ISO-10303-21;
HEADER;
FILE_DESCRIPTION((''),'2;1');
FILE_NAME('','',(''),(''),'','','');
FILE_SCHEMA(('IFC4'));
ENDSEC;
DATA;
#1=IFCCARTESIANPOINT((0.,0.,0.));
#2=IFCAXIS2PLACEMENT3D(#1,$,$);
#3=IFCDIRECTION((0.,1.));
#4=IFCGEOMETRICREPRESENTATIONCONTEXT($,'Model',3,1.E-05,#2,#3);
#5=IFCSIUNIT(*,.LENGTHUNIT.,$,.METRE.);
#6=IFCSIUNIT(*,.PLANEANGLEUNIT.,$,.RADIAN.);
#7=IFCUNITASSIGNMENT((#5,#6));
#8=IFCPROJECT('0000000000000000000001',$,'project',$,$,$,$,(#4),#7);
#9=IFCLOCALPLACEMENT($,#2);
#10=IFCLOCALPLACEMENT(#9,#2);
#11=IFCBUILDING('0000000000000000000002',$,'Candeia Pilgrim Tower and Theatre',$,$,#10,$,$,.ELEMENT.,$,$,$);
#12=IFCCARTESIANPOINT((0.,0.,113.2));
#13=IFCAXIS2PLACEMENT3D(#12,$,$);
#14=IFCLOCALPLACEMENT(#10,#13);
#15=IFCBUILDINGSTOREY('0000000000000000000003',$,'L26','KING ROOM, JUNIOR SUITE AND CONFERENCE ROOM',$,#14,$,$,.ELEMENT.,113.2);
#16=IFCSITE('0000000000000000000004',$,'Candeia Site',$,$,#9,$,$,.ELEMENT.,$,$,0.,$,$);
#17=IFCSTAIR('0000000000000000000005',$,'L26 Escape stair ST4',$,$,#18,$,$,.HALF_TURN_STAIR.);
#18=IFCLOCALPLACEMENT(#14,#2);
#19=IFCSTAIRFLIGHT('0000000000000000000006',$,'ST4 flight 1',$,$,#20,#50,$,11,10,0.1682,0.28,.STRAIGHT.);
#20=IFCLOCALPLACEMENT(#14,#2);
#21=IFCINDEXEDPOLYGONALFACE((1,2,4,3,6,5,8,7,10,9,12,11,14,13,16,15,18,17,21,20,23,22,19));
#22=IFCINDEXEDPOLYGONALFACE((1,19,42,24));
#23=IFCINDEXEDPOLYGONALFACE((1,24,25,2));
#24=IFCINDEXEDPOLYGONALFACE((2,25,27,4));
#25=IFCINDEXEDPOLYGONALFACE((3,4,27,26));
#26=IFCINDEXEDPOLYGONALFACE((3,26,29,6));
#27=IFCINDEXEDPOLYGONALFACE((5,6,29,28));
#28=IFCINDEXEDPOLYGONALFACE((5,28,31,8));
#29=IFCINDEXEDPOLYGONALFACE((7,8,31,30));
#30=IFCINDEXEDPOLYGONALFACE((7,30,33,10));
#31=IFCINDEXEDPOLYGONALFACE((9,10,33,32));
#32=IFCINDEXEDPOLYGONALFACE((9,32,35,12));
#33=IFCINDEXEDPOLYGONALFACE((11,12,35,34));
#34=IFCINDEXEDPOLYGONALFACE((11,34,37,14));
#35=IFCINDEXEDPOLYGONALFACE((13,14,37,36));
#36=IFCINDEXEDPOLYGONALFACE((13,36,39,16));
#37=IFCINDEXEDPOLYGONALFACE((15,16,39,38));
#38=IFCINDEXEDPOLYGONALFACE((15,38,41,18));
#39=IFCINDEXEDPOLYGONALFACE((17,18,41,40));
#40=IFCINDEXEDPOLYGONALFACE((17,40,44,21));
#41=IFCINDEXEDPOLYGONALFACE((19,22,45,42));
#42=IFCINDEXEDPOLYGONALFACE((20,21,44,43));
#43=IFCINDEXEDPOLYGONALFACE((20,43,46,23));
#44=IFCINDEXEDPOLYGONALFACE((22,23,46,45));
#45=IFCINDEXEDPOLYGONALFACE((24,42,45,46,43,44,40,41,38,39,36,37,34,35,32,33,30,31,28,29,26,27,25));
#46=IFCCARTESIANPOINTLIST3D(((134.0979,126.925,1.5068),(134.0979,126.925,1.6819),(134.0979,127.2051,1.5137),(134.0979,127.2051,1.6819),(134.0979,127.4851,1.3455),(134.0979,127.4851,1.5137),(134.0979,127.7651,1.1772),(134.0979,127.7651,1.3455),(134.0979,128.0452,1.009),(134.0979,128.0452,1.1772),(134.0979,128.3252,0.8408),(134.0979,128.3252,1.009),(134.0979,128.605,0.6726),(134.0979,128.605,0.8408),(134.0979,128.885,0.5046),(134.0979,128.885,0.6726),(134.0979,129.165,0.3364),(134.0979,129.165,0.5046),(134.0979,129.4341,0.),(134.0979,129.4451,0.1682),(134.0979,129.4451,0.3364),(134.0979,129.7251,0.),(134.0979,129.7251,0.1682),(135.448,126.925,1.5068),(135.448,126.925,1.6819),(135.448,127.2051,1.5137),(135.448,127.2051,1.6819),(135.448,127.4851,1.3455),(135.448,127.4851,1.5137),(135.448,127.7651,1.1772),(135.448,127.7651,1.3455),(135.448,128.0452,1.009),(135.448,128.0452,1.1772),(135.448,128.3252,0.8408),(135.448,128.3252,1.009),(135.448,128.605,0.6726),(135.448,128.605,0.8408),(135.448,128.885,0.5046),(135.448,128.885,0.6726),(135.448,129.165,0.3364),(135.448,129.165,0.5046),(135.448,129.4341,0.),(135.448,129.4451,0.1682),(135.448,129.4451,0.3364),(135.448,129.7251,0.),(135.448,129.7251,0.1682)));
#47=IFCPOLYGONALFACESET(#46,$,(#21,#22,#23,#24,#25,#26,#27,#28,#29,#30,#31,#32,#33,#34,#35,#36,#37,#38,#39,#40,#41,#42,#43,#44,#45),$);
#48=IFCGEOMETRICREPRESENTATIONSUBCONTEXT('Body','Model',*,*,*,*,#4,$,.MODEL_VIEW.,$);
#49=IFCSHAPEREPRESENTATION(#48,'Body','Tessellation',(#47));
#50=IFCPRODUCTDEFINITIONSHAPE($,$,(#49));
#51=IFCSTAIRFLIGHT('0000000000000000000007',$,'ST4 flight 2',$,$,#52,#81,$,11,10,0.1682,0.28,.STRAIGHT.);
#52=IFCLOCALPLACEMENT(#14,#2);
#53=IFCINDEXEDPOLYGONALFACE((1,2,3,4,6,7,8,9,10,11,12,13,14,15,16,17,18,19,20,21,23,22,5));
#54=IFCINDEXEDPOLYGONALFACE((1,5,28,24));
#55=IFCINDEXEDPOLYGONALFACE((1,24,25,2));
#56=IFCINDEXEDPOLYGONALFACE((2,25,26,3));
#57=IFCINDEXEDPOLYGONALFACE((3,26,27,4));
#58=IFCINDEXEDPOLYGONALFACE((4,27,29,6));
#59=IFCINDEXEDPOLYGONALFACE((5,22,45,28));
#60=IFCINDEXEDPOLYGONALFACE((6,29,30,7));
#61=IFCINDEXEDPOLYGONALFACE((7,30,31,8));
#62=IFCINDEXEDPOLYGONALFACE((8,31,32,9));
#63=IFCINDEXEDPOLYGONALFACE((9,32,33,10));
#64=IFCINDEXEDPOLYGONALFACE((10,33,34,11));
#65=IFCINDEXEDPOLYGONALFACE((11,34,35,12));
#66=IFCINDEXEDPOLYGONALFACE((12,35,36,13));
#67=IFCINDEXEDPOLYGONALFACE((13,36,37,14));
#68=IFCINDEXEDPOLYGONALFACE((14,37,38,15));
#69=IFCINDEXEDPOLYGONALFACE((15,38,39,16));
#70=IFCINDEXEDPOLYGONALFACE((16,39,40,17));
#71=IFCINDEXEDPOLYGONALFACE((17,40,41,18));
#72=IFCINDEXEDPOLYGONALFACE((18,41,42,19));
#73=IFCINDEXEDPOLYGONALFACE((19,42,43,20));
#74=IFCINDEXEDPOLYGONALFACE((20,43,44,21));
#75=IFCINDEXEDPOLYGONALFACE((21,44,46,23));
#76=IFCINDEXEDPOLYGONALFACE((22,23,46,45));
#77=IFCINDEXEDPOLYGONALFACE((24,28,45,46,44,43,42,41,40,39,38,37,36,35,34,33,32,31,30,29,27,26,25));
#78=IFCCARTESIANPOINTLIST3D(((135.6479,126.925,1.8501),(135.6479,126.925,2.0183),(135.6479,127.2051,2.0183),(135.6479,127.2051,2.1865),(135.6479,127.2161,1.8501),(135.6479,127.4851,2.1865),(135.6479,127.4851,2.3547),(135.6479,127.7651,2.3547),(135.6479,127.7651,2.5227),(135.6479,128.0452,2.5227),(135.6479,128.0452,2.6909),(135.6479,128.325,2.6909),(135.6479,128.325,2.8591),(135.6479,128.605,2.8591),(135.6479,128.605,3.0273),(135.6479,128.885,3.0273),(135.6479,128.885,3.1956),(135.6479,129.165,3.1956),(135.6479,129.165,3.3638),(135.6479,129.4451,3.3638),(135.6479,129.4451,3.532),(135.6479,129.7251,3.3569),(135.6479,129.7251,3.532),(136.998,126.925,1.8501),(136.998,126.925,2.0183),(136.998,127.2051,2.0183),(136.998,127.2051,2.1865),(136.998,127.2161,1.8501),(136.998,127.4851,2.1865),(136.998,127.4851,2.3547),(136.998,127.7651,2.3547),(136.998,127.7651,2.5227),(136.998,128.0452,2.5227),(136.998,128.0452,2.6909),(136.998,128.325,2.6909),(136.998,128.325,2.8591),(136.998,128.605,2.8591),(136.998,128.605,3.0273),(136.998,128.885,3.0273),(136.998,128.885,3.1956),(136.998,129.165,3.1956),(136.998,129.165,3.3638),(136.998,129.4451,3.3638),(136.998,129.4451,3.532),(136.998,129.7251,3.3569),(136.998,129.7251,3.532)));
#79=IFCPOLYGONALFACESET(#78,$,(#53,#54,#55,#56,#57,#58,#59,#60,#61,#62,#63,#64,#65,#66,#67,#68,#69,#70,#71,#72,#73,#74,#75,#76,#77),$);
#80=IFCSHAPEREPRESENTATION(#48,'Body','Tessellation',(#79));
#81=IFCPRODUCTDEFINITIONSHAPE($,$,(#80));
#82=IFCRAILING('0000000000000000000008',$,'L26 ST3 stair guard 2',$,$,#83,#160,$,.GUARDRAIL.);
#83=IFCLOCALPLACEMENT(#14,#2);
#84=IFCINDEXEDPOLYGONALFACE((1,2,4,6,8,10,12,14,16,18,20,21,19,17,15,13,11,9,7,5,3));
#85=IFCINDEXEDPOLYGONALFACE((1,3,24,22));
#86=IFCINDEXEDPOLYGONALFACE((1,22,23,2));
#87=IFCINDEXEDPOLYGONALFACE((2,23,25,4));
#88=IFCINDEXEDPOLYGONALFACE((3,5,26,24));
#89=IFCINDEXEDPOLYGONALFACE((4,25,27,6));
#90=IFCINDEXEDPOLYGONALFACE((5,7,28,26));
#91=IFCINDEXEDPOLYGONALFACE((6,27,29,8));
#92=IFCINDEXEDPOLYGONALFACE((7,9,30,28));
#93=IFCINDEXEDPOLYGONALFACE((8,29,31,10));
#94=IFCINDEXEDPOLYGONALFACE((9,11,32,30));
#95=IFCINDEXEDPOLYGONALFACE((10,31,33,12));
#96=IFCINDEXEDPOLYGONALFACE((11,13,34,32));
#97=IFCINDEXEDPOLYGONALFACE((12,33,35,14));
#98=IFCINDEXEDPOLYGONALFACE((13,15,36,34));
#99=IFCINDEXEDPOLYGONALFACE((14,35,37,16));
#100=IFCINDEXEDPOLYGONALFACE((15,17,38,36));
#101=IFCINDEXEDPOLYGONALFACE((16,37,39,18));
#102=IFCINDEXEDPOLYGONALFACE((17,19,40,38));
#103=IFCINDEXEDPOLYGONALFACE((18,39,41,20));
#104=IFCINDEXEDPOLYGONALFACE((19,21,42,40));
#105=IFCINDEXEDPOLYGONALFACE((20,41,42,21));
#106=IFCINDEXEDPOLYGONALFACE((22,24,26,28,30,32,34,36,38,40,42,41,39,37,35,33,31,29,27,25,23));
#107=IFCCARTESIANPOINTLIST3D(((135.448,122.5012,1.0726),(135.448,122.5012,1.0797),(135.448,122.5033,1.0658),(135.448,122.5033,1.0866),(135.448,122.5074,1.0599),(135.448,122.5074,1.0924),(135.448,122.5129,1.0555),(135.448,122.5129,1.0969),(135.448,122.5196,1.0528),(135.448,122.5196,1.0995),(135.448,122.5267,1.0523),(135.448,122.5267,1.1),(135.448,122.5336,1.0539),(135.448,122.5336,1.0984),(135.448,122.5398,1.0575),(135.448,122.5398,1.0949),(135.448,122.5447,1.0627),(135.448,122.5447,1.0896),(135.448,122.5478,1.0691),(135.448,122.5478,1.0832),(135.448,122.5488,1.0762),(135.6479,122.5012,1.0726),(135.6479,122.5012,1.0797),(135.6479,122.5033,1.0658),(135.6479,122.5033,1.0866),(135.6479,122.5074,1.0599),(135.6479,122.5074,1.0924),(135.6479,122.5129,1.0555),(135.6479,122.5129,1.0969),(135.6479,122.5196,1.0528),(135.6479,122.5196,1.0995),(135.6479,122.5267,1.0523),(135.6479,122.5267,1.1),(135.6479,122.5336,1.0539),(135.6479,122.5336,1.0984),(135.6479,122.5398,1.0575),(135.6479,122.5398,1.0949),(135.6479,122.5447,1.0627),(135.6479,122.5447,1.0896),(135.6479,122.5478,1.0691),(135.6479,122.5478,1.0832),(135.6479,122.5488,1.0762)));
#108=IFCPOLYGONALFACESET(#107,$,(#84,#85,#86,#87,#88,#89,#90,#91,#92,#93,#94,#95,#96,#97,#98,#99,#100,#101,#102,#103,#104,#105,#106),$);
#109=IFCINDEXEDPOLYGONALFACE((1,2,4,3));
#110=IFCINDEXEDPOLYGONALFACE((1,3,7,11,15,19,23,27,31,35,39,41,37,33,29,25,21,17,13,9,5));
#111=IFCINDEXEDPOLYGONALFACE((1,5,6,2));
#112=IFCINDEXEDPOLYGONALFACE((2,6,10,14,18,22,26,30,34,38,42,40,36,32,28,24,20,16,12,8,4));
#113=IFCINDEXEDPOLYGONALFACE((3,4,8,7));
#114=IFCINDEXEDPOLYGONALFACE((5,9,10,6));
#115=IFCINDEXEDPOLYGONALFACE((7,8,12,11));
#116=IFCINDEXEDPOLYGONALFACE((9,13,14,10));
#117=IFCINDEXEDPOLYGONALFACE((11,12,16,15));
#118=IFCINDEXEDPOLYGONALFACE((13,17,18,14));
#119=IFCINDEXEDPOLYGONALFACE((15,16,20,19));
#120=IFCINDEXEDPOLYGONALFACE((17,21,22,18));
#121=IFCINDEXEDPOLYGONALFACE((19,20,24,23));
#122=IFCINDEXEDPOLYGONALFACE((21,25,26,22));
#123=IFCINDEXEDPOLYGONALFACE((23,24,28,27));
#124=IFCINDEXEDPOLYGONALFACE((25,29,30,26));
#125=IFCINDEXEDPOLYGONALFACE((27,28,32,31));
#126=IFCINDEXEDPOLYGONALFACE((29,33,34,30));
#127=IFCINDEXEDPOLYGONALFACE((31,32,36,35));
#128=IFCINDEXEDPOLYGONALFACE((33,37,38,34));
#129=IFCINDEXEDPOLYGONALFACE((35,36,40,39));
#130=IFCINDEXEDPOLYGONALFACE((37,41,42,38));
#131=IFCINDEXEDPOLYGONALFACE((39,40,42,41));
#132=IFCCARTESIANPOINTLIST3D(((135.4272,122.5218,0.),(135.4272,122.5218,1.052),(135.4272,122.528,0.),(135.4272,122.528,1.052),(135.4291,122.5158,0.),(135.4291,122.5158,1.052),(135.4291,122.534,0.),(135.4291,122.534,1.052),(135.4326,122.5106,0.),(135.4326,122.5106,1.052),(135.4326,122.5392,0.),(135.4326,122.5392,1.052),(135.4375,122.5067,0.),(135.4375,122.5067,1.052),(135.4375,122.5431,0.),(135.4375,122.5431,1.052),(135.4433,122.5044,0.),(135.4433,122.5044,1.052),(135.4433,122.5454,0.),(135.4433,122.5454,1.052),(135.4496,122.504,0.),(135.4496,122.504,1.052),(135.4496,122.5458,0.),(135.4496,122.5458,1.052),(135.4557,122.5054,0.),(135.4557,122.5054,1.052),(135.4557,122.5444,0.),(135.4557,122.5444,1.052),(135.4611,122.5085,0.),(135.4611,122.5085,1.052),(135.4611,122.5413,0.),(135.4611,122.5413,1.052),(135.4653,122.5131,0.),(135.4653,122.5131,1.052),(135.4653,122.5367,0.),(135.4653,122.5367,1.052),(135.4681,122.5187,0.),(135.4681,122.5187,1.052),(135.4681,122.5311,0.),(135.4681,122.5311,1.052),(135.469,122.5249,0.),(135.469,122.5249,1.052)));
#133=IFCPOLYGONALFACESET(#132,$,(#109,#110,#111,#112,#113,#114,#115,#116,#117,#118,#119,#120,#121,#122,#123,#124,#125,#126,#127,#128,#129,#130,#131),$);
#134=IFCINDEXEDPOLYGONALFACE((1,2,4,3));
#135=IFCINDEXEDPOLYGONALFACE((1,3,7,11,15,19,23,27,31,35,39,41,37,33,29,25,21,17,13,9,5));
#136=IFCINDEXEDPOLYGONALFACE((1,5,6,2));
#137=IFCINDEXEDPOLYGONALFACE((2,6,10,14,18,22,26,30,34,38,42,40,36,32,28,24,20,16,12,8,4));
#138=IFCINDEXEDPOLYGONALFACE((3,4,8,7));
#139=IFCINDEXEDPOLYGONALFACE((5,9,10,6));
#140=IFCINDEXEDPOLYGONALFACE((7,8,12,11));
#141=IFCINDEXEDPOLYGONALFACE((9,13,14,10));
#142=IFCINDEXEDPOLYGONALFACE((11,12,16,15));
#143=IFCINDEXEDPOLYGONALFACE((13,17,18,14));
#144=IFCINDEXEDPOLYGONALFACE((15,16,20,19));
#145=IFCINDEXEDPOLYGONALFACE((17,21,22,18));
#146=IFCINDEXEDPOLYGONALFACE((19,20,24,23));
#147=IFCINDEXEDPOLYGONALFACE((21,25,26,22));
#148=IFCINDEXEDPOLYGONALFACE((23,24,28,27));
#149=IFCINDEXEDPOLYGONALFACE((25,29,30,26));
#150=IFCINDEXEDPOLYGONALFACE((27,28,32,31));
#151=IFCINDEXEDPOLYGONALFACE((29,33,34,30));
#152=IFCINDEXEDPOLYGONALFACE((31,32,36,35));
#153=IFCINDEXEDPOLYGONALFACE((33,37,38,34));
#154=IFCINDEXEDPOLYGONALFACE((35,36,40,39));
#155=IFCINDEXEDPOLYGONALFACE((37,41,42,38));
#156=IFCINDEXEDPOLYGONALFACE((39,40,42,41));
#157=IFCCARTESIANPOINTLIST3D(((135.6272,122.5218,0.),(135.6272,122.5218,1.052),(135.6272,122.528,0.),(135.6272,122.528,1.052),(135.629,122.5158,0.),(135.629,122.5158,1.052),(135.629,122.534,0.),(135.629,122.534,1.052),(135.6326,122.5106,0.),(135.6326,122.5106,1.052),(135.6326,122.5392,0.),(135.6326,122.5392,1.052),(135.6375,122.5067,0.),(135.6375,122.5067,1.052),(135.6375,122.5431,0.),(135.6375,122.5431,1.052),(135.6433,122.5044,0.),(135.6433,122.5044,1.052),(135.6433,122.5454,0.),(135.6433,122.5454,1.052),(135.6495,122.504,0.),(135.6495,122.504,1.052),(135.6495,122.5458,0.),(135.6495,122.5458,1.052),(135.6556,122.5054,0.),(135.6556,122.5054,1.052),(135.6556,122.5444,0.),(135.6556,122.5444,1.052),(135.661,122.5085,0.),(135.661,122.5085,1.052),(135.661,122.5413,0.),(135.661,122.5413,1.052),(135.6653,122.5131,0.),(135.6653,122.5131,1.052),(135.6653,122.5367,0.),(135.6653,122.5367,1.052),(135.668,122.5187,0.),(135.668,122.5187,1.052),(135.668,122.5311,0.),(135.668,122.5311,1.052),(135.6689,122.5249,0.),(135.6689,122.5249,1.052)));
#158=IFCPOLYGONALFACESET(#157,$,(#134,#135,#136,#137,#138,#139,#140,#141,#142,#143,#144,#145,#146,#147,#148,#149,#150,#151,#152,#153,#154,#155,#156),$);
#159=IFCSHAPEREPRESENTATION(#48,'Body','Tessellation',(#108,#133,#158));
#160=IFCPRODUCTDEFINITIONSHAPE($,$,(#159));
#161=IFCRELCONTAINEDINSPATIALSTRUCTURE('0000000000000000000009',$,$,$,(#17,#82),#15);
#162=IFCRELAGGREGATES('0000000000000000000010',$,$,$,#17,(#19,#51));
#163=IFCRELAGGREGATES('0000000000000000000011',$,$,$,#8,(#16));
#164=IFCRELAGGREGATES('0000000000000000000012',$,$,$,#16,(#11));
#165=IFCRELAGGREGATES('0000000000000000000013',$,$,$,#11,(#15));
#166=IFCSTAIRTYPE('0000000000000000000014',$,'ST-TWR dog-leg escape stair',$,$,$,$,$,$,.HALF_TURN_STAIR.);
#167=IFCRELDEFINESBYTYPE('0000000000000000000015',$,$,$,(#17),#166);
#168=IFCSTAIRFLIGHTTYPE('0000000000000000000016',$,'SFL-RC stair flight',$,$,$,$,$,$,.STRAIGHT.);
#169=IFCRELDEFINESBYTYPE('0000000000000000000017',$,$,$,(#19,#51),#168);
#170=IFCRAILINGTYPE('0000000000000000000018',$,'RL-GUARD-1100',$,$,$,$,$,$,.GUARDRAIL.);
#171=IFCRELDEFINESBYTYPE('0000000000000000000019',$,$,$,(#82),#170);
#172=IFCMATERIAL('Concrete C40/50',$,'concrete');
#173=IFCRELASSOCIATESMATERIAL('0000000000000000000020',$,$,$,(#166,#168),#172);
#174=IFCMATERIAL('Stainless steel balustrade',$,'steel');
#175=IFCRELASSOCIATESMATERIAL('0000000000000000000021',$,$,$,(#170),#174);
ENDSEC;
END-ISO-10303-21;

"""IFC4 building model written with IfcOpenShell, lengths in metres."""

from ifc_helpers import new_model, si_unit, direction, frame, origin, origin_2d, place, context, subcontext, project, spatial, polyline, circle, outline, extrude, material, type_object, element, aggregate, save


model = new_model("IFC4")

# Units and contexts
model_context = context("Model", 3, precision=1e-05, world=origin(), true_north=direction((0.0, 1.0)))
body_context = subcontext(model_context, "Body", "Model", "MODEL_VIEW")
ifc_project = project(units=[si_unit("LENGTHUNIT", "METRE"), si_unit("PLANEANGLEUNIT", "RADIAN")], contexts=[model_context])

# Site, building, storey
site_placement = place(None, origin())
site = spatial("IfcSite", under=ifc_project, at=site_placement, Name="Candeia Site", CompositionType="ELEMENT", RefElevation=0.0)
building_placement = place(site_placement, origin())
building = spatial("IfcBuilding", under=site, at=building_placement, Name="Candeia Pilgrim Tower and Theatre", CompositionType="ELEMENT")
storey_placement = place(building_placement, frame((0.0, 0.0, 113.2)))
storey = spatial("IfcBuildingStorey", under=building, at=storey_placement, Name="L26", Description="KING ROOM, JUNIOR SUITE AND CONFERENCE ROOM", CompositionType="ELEMENT", Elevation=113.2)

# Shared definitions
ifc_material_1 = material(Name="Concrete C40/50", Category="concrete")

# Stair, stair flights
stair_type = type_object("IfcStairType", Name="ST-TWR dog-leg escape stair", PredefinedType="HALF_TURN_STAIR", material=ifc_material_1)
stair_flight_type = type_object("IfcStairFlightType", Name="SFL-RC stair flight", PredefinedType="STRAIGHT", material=ifc_material_1)
stair_1_placement = place(storey_placement, origin())
stair_1 = element("IfcStair", 1, at=stair_1_placement, inside=storey, type_object=stair_type, Name="L26 Escape stair ST4", PredefinedType="HALF_TURN_STAIR")
stair_flight_1_placement = place(storey_placement, frame((134.7729, 129.7251, 0.0), z_axis=(0.0, 0.0, 1.0), x_axis=(0.0, -1.0, 0.0)))
stair_flight_1 = element("IfcStairFlight", 2, at=stair_flight_1_placement, type_object=stair_flight_type, Name="ST4 flight 1", NumberOfRisers=11, NumberOfTreads=10, PredefinedType="STRAIGHT", RiserHeight=0.1682, TreadLength=0.28, context=body_context, shape_type="SweptSolid", body=[
    extrude(outline(polyline([(0.0, 0.0), (0.0, 0.1682), (0.28, 0.1682), (0.28, 0.3364), (0.5601, 0.3364), (0.5601, 0.5046), (0.8401, 0.5046), (0.8401, 0.6726), (1.1201, 0.6726), (1.1201, 0.8408), (1.3999, 0.8408), (1.3999, 1.009), (1.6799, 1.009), (1.6799, 1.1772), (1.96, 1.1772), (1.96, 1.3455), (2.24, 1.3455), (2.24, 1.5137), (2.52, 1.5137), (2.52, 1.6819), (2.8, 1.6819), (2.8, 1.8501), (2.8, 1.5068), (0.291, 0.0), (0.0, 0.0)])), frame((0.0, 0.675, 0.0), z_axis=(0.0, -1.0, 0.0), x_axis=(1.0, 0.0, 0.0)), (0.0, 0.0, 1.0), 1.3501),
])
stair_flight_2_placement = place(storey_placement, frame((136.323, 126.925, 1.8501), z_axis=(0.0, 0.0, 1.0), x_axis=(0.0, 1.0, 0.0)))
stair_flight_2 = element("IfcStairFlight", 3, at=stair_flight_2_placement, type_object=stair_flight_type, Name="ST4 flight 2", NumberOfRisers=11, NumberOfTreads=10, PredefinedType="STRAIGHT", RiserHeight=0.1682, TreadLength=0.28, context=body_context, shape_type="SweptSolid", body=[
    extrude(outline(polyline([(0.0, 0.0), (0.0, 0.1682), (0.28, 0.1682), (0.28, 0.3364), (0.5601, 0.3364), (0.5601, 0.5046), (0.8401, 0.5046), (0.8401, 0.6726), (1.1201, 0.6726), (1.1201, 0.8408), (1.3999, 0.8408), (1.3999, 1.009), (1.6799, 1.009), (1.6799, 1.1772), (1.96, 1.1772), (1.96, 1.3455), (2.24, 1.3455), (2.24, 1.5137), (2.52, 1.5137), (2.52, 1.6819), (2.8, 1.6819), (2.8, 1.8501), (2.8, 1.5068), (0.291, 0.0), (0.0, 0.0)])), frame((0.0, 0.675, 0.0), z_axis=(0.0, -1.0, 0.0), x_axis=(1.0, 0.0, 0.0)), (0.0, 0.0, 1.0), 1.3501),
])
aggregate(stair_1, [stair_flight_1, stair_flight_2])

# Railing
ifc_material_2 = material(Name="Stainless steel balustrade", Category="steel")
railing_type_1 = type_object("IfcRailingType", Name="RL-GUARD-1100", PredefinedType="GUARDRAIL", material=ifc_material_2)
railing_1_placement = place(storey_placement, frame((135.448, 122.5249, 0.0)))
element("IfcRailing", 4, at=railing_1_placement, inside=storey, type_object=railing_type_1, Name="L26 ST3 stair guard 2", PredefinedType="GUARDRAIL", context=body_context, shape_type="SweptSolid", body=[
    extrude(circle(Radius=0.0239, at=origin_2d()), frame((0.0, 0.0, 1.0762), z_axis=(1.0, 0.0, 0.0), x_axis=(0.0, 1.0, 0.0)), (0.0, 0.0, 1.0), 0.2),
    extrude(circle(Radius=0.021, at=origin_2d()), origin(), (0.0, 0.0, 1.0), 1.052),
    extrude(circle(Radius=0.021, at=origin_2d()), frame((0.2, 0.0, 0.0)), (0.0, 0.0, 1.0), 1.052),
])

save(model, "model.ifc")
